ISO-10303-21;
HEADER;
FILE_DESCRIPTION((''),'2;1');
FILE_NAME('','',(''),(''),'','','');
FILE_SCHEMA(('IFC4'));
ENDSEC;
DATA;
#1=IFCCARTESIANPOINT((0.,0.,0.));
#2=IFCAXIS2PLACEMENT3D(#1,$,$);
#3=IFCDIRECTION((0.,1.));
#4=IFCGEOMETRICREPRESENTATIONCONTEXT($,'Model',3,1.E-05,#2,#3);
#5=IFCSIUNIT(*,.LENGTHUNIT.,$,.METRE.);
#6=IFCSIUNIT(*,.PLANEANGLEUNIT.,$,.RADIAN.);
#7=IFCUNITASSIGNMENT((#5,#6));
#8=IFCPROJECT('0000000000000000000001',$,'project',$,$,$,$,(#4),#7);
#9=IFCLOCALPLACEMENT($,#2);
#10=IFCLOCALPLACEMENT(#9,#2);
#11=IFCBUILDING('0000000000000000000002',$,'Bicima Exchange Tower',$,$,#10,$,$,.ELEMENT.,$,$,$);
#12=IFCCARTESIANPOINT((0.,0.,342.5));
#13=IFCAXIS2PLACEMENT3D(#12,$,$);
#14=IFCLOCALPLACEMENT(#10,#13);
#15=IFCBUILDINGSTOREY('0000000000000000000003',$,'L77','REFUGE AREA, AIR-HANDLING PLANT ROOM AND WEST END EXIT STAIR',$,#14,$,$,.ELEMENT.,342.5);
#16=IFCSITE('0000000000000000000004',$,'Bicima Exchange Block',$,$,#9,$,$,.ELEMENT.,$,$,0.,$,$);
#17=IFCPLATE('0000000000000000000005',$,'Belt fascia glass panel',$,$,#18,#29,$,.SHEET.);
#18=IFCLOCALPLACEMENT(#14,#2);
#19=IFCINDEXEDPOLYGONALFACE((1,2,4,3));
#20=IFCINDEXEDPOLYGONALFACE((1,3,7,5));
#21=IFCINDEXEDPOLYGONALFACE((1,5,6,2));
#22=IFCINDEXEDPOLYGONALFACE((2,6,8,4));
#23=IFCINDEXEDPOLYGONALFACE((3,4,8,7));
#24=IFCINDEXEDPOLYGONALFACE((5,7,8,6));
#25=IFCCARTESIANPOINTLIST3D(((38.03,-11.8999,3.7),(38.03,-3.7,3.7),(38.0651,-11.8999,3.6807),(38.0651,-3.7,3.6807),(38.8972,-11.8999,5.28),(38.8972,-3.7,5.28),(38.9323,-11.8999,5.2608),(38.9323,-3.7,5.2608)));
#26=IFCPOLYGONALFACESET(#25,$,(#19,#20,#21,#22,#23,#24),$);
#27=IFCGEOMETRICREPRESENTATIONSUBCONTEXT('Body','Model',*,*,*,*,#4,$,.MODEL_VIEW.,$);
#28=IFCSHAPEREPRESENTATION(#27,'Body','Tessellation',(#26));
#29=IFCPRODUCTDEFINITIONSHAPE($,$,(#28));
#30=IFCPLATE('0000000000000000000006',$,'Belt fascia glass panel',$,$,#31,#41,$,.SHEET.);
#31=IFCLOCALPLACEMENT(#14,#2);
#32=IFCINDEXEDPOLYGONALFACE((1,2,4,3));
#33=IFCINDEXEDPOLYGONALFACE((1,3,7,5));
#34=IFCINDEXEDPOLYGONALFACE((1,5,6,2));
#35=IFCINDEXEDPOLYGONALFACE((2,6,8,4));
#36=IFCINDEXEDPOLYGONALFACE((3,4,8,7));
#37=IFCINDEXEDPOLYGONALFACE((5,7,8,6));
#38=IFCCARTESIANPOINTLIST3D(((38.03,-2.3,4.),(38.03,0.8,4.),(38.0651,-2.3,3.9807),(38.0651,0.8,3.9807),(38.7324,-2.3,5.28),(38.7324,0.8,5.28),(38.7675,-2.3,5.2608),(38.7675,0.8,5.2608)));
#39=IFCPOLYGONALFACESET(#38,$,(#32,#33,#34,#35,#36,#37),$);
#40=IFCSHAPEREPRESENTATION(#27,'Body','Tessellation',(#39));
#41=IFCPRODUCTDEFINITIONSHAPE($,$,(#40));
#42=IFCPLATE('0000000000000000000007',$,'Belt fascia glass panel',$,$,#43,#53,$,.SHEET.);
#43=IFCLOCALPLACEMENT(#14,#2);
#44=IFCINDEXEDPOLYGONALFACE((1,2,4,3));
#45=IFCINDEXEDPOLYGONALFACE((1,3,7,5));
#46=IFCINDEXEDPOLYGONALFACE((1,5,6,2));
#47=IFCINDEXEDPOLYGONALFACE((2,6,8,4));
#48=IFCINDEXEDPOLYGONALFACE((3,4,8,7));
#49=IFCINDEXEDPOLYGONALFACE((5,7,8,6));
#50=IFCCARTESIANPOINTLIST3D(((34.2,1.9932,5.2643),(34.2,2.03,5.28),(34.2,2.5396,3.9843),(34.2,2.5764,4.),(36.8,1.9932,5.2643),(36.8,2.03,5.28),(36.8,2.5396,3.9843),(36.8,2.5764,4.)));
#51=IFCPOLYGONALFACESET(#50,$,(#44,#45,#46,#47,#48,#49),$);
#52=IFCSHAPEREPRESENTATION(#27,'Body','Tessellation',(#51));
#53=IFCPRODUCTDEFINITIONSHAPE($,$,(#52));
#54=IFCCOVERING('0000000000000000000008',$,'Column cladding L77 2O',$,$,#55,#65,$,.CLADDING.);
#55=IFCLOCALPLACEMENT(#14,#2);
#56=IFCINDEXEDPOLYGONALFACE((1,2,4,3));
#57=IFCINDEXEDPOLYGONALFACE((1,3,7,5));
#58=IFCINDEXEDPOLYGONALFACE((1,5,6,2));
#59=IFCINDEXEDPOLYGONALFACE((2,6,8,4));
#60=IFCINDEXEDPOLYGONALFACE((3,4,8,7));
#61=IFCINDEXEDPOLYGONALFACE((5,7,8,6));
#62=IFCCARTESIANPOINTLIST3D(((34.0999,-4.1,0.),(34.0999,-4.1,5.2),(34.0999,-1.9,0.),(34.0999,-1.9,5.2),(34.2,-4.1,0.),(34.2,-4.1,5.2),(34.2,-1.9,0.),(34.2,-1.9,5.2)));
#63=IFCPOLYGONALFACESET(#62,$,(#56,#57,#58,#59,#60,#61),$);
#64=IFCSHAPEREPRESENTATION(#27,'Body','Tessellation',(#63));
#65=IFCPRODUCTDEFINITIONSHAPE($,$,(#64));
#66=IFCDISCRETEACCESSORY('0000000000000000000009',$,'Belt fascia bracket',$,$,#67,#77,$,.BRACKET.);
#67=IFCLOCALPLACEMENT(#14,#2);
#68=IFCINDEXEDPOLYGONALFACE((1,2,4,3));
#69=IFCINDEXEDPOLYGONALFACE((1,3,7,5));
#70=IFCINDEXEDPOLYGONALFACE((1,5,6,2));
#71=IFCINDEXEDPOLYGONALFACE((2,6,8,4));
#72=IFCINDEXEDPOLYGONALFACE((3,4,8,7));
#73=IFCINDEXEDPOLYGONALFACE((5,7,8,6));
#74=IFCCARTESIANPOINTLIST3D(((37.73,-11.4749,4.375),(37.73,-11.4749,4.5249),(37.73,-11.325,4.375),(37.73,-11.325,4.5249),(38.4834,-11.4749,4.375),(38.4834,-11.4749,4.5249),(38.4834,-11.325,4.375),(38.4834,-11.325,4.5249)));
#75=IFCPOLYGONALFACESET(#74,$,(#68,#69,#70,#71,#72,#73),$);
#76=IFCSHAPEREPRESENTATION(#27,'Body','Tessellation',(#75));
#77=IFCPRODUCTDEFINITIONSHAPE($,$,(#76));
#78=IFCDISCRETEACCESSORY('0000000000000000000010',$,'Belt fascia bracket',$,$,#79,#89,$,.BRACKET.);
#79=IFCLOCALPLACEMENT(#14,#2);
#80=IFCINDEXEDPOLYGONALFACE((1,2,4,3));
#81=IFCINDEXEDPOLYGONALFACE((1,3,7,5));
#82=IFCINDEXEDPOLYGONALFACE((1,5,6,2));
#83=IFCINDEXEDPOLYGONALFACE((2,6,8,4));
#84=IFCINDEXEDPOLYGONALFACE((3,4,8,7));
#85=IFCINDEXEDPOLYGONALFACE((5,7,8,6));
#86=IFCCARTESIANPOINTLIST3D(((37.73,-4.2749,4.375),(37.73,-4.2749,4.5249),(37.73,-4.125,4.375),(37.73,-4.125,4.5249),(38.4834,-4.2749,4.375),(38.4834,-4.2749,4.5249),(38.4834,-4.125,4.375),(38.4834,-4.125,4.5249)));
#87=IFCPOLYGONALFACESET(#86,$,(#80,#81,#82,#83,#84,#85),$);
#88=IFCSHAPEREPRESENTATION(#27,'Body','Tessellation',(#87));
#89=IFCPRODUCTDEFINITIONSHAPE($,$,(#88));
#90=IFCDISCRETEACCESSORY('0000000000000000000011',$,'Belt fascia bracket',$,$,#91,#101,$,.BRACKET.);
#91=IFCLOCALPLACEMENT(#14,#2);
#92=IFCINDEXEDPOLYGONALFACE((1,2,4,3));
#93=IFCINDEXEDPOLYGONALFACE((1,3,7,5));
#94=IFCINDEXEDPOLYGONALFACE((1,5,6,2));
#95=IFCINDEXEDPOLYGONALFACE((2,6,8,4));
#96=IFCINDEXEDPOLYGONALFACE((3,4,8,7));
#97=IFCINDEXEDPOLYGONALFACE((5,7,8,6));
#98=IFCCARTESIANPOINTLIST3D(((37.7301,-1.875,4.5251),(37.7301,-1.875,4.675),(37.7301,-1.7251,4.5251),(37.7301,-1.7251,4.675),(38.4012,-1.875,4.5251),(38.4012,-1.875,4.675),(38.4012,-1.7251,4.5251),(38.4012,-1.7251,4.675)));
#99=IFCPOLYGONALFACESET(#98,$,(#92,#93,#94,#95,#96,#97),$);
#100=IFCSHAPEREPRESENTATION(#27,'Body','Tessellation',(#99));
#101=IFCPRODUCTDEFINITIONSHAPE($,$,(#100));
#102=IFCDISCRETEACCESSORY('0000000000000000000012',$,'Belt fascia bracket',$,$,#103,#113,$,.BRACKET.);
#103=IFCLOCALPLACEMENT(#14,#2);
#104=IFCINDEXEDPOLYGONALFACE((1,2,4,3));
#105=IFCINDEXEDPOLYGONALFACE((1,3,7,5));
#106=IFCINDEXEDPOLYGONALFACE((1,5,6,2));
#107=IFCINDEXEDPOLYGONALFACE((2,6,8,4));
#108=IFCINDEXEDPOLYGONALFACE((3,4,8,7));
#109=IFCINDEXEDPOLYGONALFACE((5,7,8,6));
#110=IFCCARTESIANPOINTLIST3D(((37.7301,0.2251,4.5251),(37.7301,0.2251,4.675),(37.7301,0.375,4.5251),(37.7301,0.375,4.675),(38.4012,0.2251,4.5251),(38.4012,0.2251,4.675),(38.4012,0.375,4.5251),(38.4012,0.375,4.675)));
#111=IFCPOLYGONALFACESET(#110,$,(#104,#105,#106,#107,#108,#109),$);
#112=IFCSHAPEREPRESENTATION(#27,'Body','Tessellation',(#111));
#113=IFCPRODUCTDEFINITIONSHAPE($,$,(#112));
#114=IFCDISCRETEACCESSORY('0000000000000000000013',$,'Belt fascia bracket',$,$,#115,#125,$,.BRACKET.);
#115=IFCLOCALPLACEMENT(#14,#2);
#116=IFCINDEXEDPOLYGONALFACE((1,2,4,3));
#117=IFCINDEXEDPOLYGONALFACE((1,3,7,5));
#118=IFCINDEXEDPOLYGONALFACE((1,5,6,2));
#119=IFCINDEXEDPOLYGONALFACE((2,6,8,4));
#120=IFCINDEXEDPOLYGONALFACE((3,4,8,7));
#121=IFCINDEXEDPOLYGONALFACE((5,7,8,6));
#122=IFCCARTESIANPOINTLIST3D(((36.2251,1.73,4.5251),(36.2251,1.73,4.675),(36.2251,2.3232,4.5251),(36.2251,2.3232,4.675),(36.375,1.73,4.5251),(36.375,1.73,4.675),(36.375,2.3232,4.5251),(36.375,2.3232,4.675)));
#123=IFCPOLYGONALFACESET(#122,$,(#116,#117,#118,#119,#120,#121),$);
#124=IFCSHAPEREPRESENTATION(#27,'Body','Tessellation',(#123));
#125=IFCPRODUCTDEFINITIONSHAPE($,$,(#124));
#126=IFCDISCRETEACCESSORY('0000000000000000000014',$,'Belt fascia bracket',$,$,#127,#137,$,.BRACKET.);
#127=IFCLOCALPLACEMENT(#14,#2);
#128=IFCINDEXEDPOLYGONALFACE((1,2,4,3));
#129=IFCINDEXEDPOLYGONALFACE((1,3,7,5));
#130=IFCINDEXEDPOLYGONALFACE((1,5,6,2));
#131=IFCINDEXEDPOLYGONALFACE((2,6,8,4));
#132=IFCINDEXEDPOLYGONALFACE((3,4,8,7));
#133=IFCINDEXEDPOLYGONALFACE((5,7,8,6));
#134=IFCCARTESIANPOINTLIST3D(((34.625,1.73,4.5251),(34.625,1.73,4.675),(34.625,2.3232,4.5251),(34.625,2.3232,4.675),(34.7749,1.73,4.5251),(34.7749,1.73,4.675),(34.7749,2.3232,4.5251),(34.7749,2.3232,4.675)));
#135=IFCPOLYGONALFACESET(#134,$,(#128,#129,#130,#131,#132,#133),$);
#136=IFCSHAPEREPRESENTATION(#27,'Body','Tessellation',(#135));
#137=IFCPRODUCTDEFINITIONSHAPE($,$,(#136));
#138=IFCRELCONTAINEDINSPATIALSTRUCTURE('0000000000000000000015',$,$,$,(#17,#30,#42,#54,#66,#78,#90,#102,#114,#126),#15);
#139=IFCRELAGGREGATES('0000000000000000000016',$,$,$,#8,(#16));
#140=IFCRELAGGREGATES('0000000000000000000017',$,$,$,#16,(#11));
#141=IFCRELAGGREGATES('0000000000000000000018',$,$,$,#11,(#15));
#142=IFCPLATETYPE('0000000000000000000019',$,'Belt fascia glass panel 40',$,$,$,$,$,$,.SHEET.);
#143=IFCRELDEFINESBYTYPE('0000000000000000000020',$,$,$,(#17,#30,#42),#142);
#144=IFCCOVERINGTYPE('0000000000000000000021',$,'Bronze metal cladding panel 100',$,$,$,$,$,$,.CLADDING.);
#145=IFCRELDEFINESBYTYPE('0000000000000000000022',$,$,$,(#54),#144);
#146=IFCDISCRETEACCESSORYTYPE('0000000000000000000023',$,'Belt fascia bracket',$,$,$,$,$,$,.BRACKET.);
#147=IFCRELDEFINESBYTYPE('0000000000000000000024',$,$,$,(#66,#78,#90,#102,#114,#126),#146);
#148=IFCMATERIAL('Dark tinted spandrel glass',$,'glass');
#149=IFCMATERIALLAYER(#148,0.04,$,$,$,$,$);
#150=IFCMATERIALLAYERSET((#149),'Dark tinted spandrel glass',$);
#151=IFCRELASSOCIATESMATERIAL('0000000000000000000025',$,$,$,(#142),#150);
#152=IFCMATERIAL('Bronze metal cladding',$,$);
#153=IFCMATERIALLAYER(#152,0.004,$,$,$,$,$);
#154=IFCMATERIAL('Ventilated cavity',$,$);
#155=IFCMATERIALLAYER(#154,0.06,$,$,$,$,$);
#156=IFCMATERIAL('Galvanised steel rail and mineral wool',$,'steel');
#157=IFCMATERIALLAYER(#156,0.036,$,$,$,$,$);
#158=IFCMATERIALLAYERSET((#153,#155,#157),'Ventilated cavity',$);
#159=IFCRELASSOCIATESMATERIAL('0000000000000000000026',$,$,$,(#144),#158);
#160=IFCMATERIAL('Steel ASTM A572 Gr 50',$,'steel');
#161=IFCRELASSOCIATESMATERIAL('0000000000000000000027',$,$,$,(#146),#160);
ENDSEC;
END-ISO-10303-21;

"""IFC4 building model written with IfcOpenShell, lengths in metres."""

from ifc_helpers import new_model, si_unit, direction, frame, origin, origin_2d, place, context, subcontext, project, spatial, polyline, rectangle, outline, extrude, material, layer, layer_set, type_object, element, save


model = new_model("IFC4")

# Units and contexts
model_context = context("Model", 3, precision=1e-05, world=origin(), true_north=direction((0.0, 1.0)))
body_context = subcontext(model_context, "Body", "Model", "MODEL_VIEW")
ifc_project = project(units=[si_unit("LENGTHUNIT", "METRE"), si_unit("PLANEANGLEUNIT", "RADIAN")], contexts=[model_context])

# Site, building, storey
site_placement = place(None, origin())
site = spatial("IfcSite", under=ifc_project, at=site_placement, Name="Bicima Exchange Block", CompositionType="ELEMENT", RefElevation=0.0)
building_placement = place(site_placement, origin())
building = spatial("IfcBuilding", under=site, at=building_placement, Name="Bicima Exchange Tower", CompositionType="ELEMENT")
storey_placement = place(building_placement, frame((0.0, 0.0, 342.5)))
storey = spatial("IfcBuildingStorey", under=building, at=storey_placement, Name="L77", Description="REFUGE AREA, AIR-HANDLING PLANT ROOM AND WEST END EXIT STAIR", CompositionType="ELEMENT", Elevation=342.5)

# Shared definitions
ifc_material_1 = material(Name="Steel ASTM A572 Gr 50", Category="steel")

# Plates
ifc_material_2 = material(Name="Dark tinted spandrel glass", Category="glass")
ifc_layer_1 = layer(ifc_material_2, 0.04)
ifc_layer_set_1 = layer_set([ifc_layer_1], Name="Dark tinted spandrel glass")
plate_type = type_object("IfcPlateType", Name="Belt fascia glass panel 40", PredefinedType="SHEET", material=ifc_layer_set_1)
plate_1_placement = place(storey_placement, frame((38.03, -11.8999, 3.7), z_axis=(-0.87665, 0.0, 0.481128), x_axis=(0.0, 1.0, 0.0)))
element("IfcPlate", 1, at=plate_1_placement, inside=storey, type_object=plate_type, Name="Belt fascia glass panel", PredefinedType="SHEET", context=body_context, shape_type="SweptSolid", body=[
    extrude(outline(polyline([(0.0, 0.0), (8.2, 0.0), (8.2, -1.8024), (0.0, -1.8024), (0.0, 0.0)])), origin(), (0.0, 0.0, -1.0), 0.04),
])
plate_2_placement = place(storey_placement, frame((38.03, -2.3, 4.0), z_axis=(-0.876685, 0.0, 0.481065), x_axis=(0.0, 1.0, 0.0)))
element("IfcPlate", 2, at=plate_2_placement, inside=storey, type_object=plate_type, Name="Belt fascia glass panel", PredefinedType="SHEET", context=body_context, shape_type="SweptSolid", body=[
    extrude(outline(polyline([(0.0, 0.0), (3.1001, 0.0), (3.1001, -1.4601), (0.0, -1.4601), (0.0, 0.0)])), origin(), (0.0, 0.0, -1.0), 0.04),
])
plate_3_placement = place(storey_placement, frame((36.8, 2.5764, 4.0), z_axis=(0.0, 0.919716, 0.392585), x_axis=(-1.0, 0.0, 0.0)))
element("IfcPlate", 3, at=plate_3_placement, inside=storey, type_object=plate_type, Name="Belt fascia glass panel", PredefinedType="SHEET", context=body_context, shape_type="SweptSolid", body=[
    extrude(outline(polyline([(0.0, 0.0), (2.6001, 0.0), (2.6001, 1.3918), (0.0, 1.3918), (0.0, 0.0)])), origin(), (0.0, 0.0, -1.0), 0.04),
])

# Covering
ifc_material_3 = material(Name="Bronze metal cladding")
ifc_layer_2 = layer(ifc_material_3, 0.004)
ifc_material_4 = material(Name="Ventilated cavity")
ifc_layer_3 = layer(ifc_material_4, 0.06)
ifc_material_5 = material(Name="Galvanised steel rail and mineral wool", Category="steel")
ifc_layer_4 = layer(ifc_material_5, 0.036)
ifc_layer_set_2 = layer_set([ifc_layer_2, ifc_layer_3, ifc_layer_4], Name="Ventilated cavity")
covering_type = type_object("IfcCoveringType", Name="Bronze metal cladding panel 100", PredefinedType="CLADDING", material=ifc_layer_set_2)
covering_placement = place(storey_placement, frame((34.1499, -3.0, 0.0), z_axis=(0.0, 0.0, 1.0), x_axis=(1.0, 0.0, 0.0)))
element("IfcCovering", 4, at=covering_placement, inside=storey, type_object=covering_type, Name="Column cladding L77 2O", PredefinedType="CLADDING", context=body_context, shape_type="SweptSolid", body=[
    extrude(rectangle(XDim=0.1001, YDim=2.2, at=origin_2d()), origin(), (0.0, 0.0, 1.0), 5.2),
])

# Discrete accessories
discrete_accessory_type = type_object("IfcDiscreteAccessoryType", Name="Belt fascia bracket", PredefinedType="BRACKET", material=ifc_material_1)
for number, where, z_axis, x_axis, name in (
    (5, (38.1067, -11.3999, 4.375), (0.0, 0.0, 1.0), (0.0, 1.0, 0.0), "Belt fascia bracket"),
    (6, (38.1067, -4.2, 4.375), (0.0, 0.0, 1.0), (0.0, 1.0, 0.0), "Belt fascia bracket"),
):
    element("IfcDiscreteAccessory", number, at=place(storey_placement, frame(where, z_axis=z_axis, x_axis=x_axis)), inside=storey, type_object=discrete_accessory_type, Name=name, PredefinedType="BRACKET", context=body_context, shape_type="SweptSolid", body=[
        extrude(rectangle(XDim=0.1499, YDim=0.7534, at=origin_2d()), origin(), (0.0, 0.0, 1.0), 0.1499),
    ])
for number, where, z_axis, x_axis, name in (
    (7, (38.0657, -1.8, 4.5251), (0.0, 0.0, 1.0), (0.0, 1.0, 0.0), "Belt fascia bracket"),
    (8, (38.0657, 0.3, 4.5251), (0.0, 0.0, 1.0), (0.0, 1.0, 0.0), "Belt fascia bracket"),
):
    element("IfcDiscreteAccessory", number, at=place(storey_placement, frame(where, z_axis=z_axis, x_axis=x_axis)), inside=storey, type_object=discrete_accessory_type, Name=name, PredefinedType="BRACKET", context=body_context, shape_type="SweptSolid", body=[
        extrude(rectangle(XDim=0.1499, YDim=0.6711, at=origin_2d()), origin(), (0.0, 0.0, 1.0), 0.1499),
    ])
for number, where, z_axis, x_axis, name in (
    (9, (36.3, 2.0266, 4.5251), (0.0, 0.0, 1.0), (-1.0, 0.0, 0.0), "Belt fascia bracket"),
    (10, (34.7, 2.0266, 4.5251), (0.0, 0.0, 1.0), (-1.0, 0.0, 0.0), "Belt fascia bracket"),
):
    element("IfcDiscreteAccessory", number, at=place(storey_placement, frame(where, z_axis=z_axis, x_axis=x_axis)), inside=storey, type_object=discrete_accessory_type, Name=name, PredefinedType="BRACKET", context=body_context, shape_type="SweptSolid", body=[
        extrude(rectangle(XDim=0.1499, YDim=0.5933, at=origin_2d()), origin(), (0.0, 0.0, 1.0), 0.1499),
    ])

save(model, "model.ifc")
